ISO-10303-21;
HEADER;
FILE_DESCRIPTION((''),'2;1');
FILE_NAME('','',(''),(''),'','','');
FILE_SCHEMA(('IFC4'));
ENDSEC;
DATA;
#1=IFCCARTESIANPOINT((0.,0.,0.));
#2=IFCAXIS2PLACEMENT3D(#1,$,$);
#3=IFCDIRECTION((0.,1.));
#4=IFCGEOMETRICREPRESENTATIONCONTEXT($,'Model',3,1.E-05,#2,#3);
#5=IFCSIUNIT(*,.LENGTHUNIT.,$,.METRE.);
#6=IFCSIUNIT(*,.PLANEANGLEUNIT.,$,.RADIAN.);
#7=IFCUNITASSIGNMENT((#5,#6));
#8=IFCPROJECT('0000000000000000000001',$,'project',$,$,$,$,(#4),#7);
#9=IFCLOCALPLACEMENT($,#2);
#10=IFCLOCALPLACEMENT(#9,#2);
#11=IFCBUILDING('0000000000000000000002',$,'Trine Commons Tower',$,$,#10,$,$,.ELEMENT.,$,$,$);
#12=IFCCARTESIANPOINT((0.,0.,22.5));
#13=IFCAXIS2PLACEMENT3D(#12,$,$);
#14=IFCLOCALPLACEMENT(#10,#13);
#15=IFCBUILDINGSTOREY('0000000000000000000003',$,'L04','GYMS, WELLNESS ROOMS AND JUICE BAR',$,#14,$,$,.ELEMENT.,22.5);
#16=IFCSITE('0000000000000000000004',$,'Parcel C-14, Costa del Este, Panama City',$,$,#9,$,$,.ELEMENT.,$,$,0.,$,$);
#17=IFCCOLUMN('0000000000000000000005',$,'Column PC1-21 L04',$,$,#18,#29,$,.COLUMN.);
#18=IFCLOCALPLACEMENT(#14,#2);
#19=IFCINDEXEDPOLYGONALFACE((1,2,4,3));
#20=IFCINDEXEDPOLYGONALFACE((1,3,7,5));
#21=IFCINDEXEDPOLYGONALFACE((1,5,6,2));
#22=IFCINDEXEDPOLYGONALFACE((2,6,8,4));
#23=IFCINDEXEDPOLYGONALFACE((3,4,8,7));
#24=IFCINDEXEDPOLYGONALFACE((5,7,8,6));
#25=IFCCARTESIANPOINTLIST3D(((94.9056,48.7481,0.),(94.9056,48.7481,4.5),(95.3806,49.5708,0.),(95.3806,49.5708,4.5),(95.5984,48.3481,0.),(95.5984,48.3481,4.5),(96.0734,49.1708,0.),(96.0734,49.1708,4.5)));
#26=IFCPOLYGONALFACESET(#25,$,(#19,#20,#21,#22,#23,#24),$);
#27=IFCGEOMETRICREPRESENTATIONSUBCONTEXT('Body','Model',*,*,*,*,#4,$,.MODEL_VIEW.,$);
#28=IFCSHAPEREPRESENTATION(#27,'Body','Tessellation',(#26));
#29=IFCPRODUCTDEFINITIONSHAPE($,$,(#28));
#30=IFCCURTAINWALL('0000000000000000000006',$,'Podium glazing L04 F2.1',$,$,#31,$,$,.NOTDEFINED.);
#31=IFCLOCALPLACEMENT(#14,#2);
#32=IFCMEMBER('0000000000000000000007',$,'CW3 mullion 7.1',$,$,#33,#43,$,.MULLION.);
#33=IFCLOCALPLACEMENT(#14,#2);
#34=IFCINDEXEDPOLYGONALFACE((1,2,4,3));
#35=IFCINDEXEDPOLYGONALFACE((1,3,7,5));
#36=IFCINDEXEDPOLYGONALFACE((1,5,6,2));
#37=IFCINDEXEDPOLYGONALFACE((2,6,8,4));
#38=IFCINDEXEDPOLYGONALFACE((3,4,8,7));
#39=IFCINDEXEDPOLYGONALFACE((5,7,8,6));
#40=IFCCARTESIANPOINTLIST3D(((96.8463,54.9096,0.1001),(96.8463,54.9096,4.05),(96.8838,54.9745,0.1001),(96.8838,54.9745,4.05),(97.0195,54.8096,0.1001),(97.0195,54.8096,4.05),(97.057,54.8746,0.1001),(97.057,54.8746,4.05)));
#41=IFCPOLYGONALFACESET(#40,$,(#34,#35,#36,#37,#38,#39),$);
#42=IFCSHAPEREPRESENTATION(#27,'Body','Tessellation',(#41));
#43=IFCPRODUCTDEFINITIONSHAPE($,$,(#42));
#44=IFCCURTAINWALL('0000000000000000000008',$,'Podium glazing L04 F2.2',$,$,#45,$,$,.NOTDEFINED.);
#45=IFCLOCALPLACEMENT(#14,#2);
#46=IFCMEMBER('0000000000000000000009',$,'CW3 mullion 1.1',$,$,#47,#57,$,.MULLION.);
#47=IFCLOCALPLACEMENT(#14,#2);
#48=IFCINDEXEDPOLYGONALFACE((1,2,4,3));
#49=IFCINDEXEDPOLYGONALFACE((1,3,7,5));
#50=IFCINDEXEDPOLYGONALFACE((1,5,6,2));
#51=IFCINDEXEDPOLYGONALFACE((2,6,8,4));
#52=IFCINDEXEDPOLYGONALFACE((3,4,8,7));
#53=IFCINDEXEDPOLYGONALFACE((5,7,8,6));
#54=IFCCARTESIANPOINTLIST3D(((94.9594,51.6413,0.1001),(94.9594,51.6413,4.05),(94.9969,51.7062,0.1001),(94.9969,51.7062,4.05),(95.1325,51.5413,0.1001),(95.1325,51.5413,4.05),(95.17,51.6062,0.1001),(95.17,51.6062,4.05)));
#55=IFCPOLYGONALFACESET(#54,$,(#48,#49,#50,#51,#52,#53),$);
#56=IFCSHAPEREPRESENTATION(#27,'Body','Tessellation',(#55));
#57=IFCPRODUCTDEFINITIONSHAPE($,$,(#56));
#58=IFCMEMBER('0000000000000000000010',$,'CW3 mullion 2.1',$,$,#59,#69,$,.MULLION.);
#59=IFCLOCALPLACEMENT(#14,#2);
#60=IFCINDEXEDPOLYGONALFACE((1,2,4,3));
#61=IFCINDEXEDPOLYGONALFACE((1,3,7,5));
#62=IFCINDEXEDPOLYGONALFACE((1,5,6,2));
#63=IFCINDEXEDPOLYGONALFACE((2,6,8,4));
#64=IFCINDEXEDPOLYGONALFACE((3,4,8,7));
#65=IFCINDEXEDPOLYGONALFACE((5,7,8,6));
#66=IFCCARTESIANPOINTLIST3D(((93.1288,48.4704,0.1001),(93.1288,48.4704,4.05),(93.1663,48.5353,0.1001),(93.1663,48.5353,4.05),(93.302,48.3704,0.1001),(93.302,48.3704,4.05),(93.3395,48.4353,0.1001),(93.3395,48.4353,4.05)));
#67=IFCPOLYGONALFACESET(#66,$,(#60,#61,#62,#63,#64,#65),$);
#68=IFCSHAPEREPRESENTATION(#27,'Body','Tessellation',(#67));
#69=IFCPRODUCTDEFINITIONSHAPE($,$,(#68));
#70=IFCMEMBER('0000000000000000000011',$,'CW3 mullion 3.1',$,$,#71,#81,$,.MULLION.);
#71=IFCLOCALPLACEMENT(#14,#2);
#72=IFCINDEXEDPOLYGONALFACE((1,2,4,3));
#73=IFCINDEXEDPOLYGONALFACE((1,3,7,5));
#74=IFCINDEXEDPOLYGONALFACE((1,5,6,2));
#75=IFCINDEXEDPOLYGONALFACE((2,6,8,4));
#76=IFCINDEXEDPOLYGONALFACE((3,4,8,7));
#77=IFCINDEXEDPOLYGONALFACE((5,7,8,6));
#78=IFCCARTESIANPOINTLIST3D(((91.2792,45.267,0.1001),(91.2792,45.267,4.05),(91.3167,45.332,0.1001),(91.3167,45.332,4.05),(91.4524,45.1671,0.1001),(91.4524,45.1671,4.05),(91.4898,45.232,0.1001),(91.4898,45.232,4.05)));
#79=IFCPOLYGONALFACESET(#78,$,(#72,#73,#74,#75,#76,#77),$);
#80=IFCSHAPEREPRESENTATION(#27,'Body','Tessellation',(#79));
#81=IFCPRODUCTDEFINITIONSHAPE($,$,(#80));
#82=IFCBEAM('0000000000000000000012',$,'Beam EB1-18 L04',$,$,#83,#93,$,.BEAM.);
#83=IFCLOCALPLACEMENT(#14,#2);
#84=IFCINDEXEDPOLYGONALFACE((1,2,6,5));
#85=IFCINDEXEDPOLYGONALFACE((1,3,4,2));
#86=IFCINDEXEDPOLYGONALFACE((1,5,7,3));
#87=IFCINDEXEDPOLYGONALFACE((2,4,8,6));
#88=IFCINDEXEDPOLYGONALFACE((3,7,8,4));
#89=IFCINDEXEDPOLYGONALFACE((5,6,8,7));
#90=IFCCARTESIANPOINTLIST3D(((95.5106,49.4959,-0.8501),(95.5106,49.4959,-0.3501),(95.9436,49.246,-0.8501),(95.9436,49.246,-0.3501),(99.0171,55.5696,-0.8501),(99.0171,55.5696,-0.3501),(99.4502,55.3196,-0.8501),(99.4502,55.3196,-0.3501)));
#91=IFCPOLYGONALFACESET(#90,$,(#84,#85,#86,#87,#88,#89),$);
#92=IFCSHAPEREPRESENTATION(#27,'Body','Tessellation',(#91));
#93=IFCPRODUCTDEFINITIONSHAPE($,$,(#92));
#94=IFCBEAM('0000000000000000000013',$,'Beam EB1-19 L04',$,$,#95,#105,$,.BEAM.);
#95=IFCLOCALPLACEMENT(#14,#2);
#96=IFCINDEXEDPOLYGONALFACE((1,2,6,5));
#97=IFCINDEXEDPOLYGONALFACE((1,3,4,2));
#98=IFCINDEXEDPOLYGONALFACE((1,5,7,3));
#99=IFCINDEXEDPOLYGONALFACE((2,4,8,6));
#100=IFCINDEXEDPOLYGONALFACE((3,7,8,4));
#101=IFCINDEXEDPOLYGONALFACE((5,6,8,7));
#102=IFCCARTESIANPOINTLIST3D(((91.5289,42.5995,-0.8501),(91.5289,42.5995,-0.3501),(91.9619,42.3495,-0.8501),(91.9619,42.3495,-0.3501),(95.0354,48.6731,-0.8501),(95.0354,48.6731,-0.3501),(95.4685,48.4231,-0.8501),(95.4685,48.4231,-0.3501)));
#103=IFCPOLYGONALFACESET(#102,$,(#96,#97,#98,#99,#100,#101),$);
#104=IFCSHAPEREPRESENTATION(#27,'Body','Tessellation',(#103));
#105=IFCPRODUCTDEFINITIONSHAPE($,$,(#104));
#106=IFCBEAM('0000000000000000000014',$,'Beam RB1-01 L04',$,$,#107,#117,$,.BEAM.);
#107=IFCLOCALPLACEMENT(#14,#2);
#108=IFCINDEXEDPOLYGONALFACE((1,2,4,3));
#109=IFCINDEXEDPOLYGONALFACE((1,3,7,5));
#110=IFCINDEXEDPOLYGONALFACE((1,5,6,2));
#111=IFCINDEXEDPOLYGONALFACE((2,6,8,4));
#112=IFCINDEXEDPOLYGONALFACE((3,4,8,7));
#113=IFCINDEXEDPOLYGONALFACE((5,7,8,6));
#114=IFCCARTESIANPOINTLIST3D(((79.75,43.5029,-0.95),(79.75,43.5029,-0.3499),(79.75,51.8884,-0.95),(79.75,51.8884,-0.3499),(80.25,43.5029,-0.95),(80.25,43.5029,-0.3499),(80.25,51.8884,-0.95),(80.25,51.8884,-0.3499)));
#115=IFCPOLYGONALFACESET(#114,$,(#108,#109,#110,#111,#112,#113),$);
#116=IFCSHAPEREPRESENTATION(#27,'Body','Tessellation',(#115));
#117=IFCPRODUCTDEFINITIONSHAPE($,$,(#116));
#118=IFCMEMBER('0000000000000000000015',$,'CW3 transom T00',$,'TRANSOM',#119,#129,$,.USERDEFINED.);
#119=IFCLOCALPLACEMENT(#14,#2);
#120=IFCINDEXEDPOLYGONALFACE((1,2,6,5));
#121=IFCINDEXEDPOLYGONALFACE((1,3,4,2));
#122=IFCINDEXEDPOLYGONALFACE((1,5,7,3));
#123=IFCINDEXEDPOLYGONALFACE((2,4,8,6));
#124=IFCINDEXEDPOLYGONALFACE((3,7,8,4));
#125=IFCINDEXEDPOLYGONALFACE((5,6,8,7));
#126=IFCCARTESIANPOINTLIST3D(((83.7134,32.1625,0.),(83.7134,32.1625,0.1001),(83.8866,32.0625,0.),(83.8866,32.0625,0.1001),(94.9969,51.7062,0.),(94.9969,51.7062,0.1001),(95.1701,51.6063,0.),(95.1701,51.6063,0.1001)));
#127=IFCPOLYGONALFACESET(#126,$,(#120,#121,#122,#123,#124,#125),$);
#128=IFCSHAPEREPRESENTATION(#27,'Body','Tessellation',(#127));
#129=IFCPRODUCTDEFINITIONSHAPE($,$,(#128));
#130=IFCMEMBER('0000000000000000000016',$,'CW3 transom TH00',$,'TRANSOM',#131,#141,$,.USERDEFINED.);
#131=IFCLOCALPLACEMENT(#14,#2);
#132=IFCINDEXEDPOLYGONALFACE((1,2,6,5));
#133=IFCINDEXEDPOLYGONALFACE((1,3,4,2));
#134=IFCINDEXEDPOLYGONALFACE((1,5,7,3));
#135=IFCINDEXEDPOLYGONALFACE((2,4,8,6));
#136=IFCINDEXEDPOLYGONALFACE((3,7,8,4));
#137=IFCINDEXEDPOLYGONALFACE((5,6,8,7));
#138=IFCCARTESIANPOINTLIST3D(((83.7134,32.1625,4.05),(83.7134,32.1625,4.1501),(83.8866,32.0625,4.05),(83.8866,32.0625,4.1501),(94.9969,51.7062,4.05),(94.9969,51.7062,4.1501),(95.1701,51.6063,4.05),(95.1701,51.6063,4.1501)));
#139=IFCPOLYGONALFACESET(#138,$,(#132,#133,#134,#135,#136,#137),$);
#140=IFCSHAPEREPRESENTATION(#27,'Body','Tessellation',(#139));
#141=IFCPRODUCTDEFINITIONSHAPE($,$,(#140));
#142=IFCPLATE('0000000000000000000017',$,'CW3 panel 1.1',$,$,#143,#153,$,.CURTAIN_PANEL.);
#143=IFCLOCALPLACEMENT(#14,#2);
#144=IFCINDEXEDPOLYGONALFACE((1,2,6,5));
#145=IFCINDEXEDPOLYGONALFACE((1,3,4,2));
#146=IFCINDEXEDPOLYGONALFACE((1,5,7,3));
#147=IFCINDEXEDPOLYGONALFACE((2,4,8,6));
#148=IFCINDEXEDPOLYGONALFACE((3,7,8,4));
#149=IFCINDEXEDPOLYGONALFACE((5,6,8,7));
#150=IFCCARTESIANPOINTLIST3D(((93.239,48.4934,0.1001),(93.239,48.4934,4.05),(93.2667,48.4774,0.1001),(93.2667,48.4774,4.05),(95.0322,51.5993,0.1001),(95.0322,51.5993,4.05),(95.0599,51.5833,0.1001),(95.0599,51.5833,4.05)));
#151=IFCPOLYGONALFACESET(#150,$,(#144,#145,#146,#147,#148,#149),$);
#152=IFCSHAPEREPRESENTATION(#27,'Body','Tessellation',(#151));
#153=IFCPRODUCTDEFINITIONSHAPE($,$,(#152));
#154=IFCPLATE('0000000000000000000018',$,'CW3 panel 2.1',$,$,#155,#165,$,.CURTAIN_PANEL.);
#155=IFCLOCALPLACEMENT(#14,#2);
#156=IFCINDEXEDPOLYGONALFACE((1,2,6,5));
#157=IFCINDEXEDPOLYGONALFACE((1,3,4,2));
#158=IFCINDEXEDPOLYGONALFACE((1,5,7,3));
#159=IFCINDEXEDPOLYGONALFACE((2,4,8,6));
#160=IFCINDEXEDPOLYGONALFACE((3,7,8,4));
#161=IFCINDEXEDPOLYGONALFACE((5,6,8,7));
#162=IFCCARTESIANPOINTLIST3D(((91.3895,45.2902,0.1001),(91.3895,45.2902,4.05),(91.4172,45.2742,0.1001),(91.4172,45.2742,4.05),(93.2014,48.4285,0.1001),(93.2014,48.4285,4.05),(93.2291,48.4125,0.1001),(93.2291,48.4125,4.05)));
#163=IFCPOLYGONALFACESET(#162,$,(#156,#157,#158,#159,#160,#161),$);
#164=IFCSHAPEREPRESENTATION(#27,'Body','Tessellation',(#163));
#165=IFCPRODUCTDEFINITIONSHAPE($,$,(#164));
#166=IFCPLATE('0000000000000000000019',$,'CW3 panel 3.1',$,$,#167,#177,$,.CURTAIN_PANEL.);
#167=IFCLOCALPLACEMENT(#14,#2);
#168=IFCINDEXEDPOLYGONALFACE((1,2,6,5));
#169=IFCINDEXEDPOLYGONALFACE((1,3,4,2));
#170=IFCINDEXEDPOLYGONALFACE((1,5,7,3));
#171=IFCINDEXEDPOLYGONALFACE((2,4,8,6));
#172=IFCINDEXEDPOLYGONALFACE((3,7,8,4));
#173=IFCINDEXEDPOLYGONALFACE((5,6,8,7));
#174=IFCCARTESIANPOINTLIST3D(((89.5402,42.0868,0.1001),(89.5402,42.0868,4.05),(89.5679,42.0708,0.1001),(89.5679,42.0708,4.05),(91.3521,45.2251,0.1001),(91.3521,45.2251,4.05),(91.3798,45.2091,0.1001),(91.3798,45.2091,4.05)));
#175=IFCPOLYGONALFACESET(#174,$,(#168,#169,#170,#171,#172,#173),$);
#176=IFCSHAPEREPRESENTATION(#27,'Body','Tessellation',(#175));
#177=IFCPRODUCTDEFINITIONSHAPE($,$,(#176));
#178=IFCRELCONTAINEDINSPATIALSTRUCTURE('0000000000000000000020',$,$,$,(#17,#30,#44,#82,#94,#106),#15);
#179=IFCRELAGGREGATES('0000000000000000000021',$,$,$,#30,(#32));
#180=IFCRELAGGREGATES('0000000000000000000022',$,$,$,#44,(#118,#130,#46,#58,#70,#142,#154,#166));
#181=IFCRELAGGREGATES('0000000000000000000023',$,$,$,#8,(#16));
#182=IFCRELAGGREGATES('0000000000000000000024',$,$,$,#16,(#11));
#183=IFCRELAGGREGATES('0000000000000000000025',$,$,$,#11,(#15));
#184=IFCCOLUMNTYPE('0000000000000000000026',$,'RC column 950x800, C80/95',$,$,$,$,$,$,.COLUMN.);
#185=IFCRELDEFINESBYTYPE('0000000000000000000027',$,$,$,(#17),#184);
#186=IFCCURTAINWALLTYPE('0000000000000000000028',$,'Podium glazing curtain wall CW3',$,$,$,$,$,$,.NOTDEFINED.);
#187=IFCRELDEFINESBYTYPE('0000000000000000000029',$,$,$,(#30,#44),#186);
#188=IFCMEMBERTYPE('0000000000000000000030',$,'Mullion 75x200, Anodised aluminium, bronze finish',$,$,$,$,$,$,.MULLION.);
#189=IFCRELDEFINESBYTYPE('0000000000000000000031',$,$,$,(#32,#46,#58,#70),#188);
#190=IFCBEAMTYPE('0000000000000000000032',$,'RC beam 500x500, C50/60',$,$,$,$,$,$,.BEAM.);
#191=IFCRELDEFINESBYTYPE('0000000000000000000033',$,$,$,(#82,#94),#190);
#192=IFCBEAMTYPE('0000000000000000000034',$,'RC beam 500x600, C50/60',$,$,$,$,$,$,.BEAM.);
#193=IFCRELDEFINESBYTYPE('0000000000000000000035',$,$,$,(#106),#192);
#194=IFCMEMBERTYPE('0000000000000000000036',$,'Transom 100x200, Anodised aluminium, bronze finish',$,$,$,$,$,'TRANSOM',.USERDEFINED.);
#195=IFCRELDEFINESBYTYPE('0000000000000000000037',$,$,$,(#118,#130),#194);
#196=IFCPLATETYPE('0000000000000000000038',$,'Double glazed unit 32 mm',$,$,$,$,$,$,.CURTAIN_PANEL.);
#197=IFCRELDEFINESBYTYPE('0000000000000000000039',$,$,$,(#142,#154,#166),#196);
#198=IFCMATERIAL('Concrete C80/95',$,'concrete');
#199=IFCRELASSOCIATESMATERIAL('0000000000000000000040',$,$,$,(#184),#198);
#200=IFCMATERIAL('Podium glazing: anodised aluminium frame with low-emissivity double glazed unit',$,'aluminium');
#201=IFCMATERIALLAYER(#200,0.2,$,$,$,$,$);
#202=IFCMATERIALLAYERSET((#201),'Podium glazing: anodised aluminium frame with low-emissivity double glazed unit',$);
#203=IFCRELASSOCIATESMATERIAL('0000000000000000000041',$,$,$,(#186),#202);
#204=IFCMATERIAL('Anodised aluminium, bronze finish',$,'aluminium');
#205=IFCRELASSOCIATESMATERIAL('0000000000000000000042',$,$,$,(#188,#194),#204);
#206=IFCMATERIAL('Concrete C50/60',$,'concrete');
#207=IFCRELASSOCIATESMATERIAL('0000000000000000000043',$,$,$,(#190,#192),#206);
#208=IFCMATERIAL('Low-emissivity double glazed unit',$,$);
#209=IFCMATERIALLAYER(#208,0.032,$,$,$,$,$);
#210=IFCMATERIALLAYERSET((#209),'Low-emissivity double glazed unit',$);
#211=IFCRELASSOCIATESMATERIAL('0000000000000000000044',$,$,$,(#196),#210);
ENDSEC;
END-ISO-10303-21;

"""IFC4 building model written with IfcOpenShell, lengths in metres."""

from ifc_helpers import new_model, si_unit, direction, frame, origin, origin_2d, place, context, subcontext, project, spatial, rectangle, extrude, material, layer, layer_set, material_profile, profile_set, type_object, element, aggregate, save


model = new_model("IFC4")

# Units and contexts
model_context = context("Model", 3, precision=1e-05, world=origin(), true_north=direction((0.0, 1.0)))
body_context = subcontext(model_context, "Body", "Model", "MODEL_VIEW")
ifc_project = project(units=[si_unit("LENGTHUNIT", "METRE"), si_unit("PLANEANGLEUNIT", "RADIAN")], contexts=[model_context])

# Site, building, storey
site_placement = place(None, origin())
site = spatial("IfcSite", under=ifc_project, at=site_placement, Name="Parcel C-14, Costa del Este, Panama City", CompositionType="ELEMENT", RefElevation=0.0)
building_placement = place(site_placement, origin())
building = spatial("IfcBuilding", under=site, at=building_placement, Name="Trine Commons Tower", CompositionType="ELEMENT")
storey_placement = place(building_placement, frame((0.0, 0.0, 22.5)))
storey = spatial("IfcBuildingStorey", under=building, at=storey_placement, Name="L04", Description="GYMS, WELLNESS ROOMS AND JUICE BAR", CompositionType="ELEMENT", Elevation=22.5)

# Column
ifc_material_1 = material(Name="Concrete C80/95", Category="concrete")
ifc_material_profile_1 = material_profile(ifc_material_1, rectangle(XDim=0.95, YDim=0.8, at=origin_2d()), Name="RC 950x800")
ifc_profile_set_1 = profile_set([ifc_material_profile_1], Name="Concrete C80/95")
column_type = type_object("IfcColumnType", Name="RC column 950x800, C80/95", PredefinedType="COLUMN", material=ifc_profile_set_1)
column_placement = place(storey_placement, frame((95.4895, 48.9595, 0.0), z_axis=(0.0, 0.0, 1.0), x_axis=(0.5, 0.866025, 0.0)))
element("IfcColumn", 1, at=column_placement, inside=storey, type_object=column_type, Name="Column PC1-21 L04", PredefinedType="COLUMN", context=body_context, shape_type="SweptSolid", body=[
    extrude(rectangle(XDim=0.95, YDim=0.8, at=origin_2d()), origin(), (0.0, 0.0, 1.0), 4.5),
])

# Curtain wall, member
ifc_material_2 = material(Name="Podium glazing: anodised aluminium frame with low-emissivity double glazed unit", Category="aluminium")
ifc_layer_1 = layer(ifc_material_2, 0.2)
ifc_layer_set_1 = layer_set([ifc_layer_1], Name="Podium glazing: anodised aluminium frame with low-emissivity double glazed unit")
curtain_wall_type = type_object("IfcCurtainWallType", Name="Podium glazing curtain wall CW3", PredefinedType="NOTDEFINED", material=ifc_layer_set_1)
curtain_wall_1_placement = place(storey_placement, origin())
curtain_wall_1 = element("IfcCurtainWall", 2, at=curtain_wall_1_placement, inside=storey, type_object=curtain_wall_type, Name="Podium glazing L04 F2.1", PredefinedType="NOTDEFINED")
ifc_material_3 = material(Name="Anodised aluminium, bronze finish", Category="aluminium")
ifc_material_profile_2 = material_profile(ifc_material_3, rectangle(XDim=0.2, YDim=0.075, at=origin_2d()), Name="Mullion 75x200")
ifc_profile_set_2 = profile_set([ifc_material_profile_2], Name="Anodised aluminium, bronze finish")
member_type_1 = type_object("IfcMemberType", Name="Mullion 75x200, Anodised aluminium, bronze finish", PredefinedType="MULLION", material=ifc_profile_set_2)
member_1_placement = place(storey_placement, frame((96.9517, 54.8921, 0.1001), z_axis=(0.0, 0.0, 1.0), x_axis=(0.866025, -0.5, 0.0)))
member_1 = element("IfcMember", 3, at=member_1_placement, type_object=member_type_1, Name="CW3 mullion 7.1", PredefinedType="MULLION", context=body_context, shape_type="SweptSolid", body=[
    extrude(rectangle(XDim=0.2, YDim=0.075, at=origin_2d()), origin(), (0.0, 0.0, 1.0), 3.95),
])
aggregate(curtain_wall_1, [member_1])

# Curtain wall, members
curtain_wall_2_placement = place(storey_placement, origin())
curtain_wall_2 = element("IfcCurtainWall", 4, at=curtain_wall_2_placement, inside=storey, type_object=curtain_wall_type, Name="Podium glazing L04 F2.2", PredefinedType="NOTDEFINED")
member_2_placement = place(storey_placement, frame((95.0647, 51.6238, 0.1001), z_axis=(0.0, 0.0, 1.0), x_axis=(0.866025, -0.5, 0.0)))
member_2 = element("IfcMember", 5, at=member_2_placement, type_object=member_type_1, Name="CW3 mullion 1.1", PredefinedType="MULLION", context=body_context, shape_type="SweptSolid", body=[
    extrude(rectangle(XDim=0.2, YDim=0.075, at=origin_2d()), origin(), (0.0, 0.0, 1.0), 3.95),
])
member_3_placement = place(storey_placement, frame((93.2341, 48.4529, 0.1001), z_axis=(0.0, 0.0, 1.0), x_axis=(0.866025, -0.5, 0.0)))
member_3 = element("IfcMember", 6, at=member_3_placement, type_object=member_type_1, Name="CW3 mullion 2.1", PredefinedType="MULLION", context=body_context, shape_type="SweptSolid", body=[
    extrude(rectangle(XDim=0.2, YDim=0.075, at=origin_2d()), origin(), (0.0, 0.0, 1.0), 3.95),
])
member_4_placement = place(storey_placement, frame((91.3845, 45.2495, 0.1001), z_axis=(0.0, 0.0, 1.0), x_axis=(0.866025, -0.5, 0.0)))
member_4 = element("IfcMember", 7, at=member_4_placement, type_object=member_type_1, Name="CW3 mullion 3.1", PredefinedType="MULLION", context=body_context, shape_type="SweptSolid", body=[
    extrude(rectangle(XDim=0.2, YDim=0.075, at=origin_2d()), origin(), (0.0, 0.0, 1.0), 3.95),
])

# Beams
ifc_material_4 = material(Name="Concrete C50/60", Category="concrete")
ifc_material_profile_3 = material_profile(ifc_material_4, rectangle(XDim=0.5, YDim=0.5, at=origin_2d()), Name="RC 500x500")
ifc_profile_set_3 = profile_set([ifc_material_profile_3], Name="Concrete C50/60")
beam_type_1 = type_object("IfcBeamType", Name="RC beam 500x500, C50/60", PredefinedType="BEAM", material=ifc_profile_set_3)
for number, where, z_axis, x_axis, name in (
    (8, (99.2336, 55.4446, -0.6001), (-0.499992, -0.86603, 0.0), (0.86603, -0.499992, 0.0), "Beam EB1-18 L04"),
    (9, (95.252, 48.5481, -0.6001), (-0.499992, -0.86603, 0.0), (0.86603, -0.499992, 0.0), "Beam EB1-19 L04"),
):
    element("IfcBeam", number, at=place(storey_placement, frame(where, z_axis=z_axis, x_axis=x_axis)), inside=storey, type_object=beam_type_1, Name=name, PredefinedType="BEAM", context=body_context, shape_type="SweptSolid", body=[
        extrude(rectangle(XDim=0.5, YDim=0.5, at=origin_2d()), origin(), (0.0, 0.0, 1.0), 7.0132),
    ])
ifc_material_profile_4 = material_profile(ifc_material_4, rectangle(XDim=0.5, YDim=0.6001, at=origin_2d()), Name="RC 500x600")
ifc_profile_set_4 = profile_set([ifc_material_profile_4], Name="Concrete C50/60")
beam_type_2 = type_object("IfcBeamType", Name="RC beam 500x600, C50/60", PredefinedType="BEAM", material=ifc_profile_set_4)
beam_placement = place(storey_placement, frame((80.0, 51.8884, -0.6499), z_axis=(0.0, -1.0, 0.0), x_axis=(1.0, 0.0, 0.0)))
element("IfcBeam", 10, at=beam_placement, inside=storey, type_object=beam_type_2, Name="Beam RB1-01 L04", PredefinedType="BEAM", context=body_context, shape_type="SweptSolid", body=[
    extrude(rectangle(XDim=0.5, YDim=0.6001, at=origin_2d()), origin(), (0.0, 0.0, 1.0), 8.3855),
])

# Members
ifc_material_profile_5 = material_profile(ifc_material_3, rectangle(XDim=0.2, YDim=0.1001, at=origin_2d()), Name="Transom 100x200")
ifc_profile_set_5 = profile_set([ifc_material_profile_5], Name="Anodised aluminium, bronze finish")
member_type_2 = type_object("IfcMemberType", Name="Transom 100x200, Anodised aluminium, bronze finish", ElementType="TRANSOM", PredefinedType="USERDEFINED", material=ifc_profile_set_5)
member_5_placement = place(storey_placement, frame((95.0835, 51.6562, 0.05), z_axis=(-0.499996, -0.866028, 0.0), x_axis=(0.866028, -0.499996, 0.0)))
member_5 = element("IfcMember", 11, at=member_5_placement, type_object=member_type_2, Name="CW3 transom T00", ObjectType="TRANSOM", PredefinedType="USERDEFINED", context=body_context, shape_type="SweptSolid", body=[
    extrude(rectangle(XDim=0.2, YDim=0.1001, at=origin_2d()), origin(), (0.0, 0.0, 1.0), 22.5671),
])
member_6_placement = place(storey_placement, frame((95.0835, 51.6562, 4.1001), z_axis=(-0.499996, -0.866028, 0.0), x_axis=(0.866028, -0.499996, 0.0)))
member_6 = element("IfcMember", 12, at=member_6_placement, type_object=member_type_2, Name="CW3 transom TH00", ObjectType="TRANSOM", PredefinedType="USERDEFINED", context=body_context, shape_type="SweptSolid", body=[
    extrude(rectangle(XDim=0.2, YDim=0.1001, at=origin_2d()), origin(), (0.0, 0.0, 1.0), 22.5671),
])

# Plates
ifc_material_5 = material(Name="Low-emissivity double glazed unit")
ifc_layer_2 = layer(ifc_material_5, 0.032)
ifc_layer_set_2 = layer_set([ifc_layer_2], Name="Low-emissivity double glazed unit")
plate_type = type_object("IfcPlateType", Name="Double glazed unit 32 mm", PredefinedType="CURTAIN_PANEL", material=ifc_layer_set_2)
plate_1_placement = place(storey_placement, frame((94.1494, 50.0383, 0.1001), z_axis=(0.0, 0.0, 1.0), x_axis=(-0.5, -0.866025, 0.0)))
plate_1 = element("IfcPlate", 13, at=plate_1_placement, type_object=plate_type, Name="CW3 panel 1.1", PredefinedType="CURTAIN_PANEL", context=body_context, shape_type="SweptSolid", body=[
    extrude(rectangle(XDim=3.5864, YDim=0.032, at=origin_2d()), origin(), (0.0, 0.0, 1.0), 3.95),
])
plate_2_placement = place(storey_placement, frame((92.3093, 46.8513, 0.1001), z_axis=(0.0, 0.0, 1.0), x_axis=(-0.5, -0.866025, 0.0)))
plate_2 = element("IfcPlate", 14, at=plate_2_placement, type_object=plate_type, Name="CW3 panel 2.1", PredefinedType="CURTAIN_PANEL", context=body_context, shape_type="SweptSolid", body=[
    extrude(rectangle(XDim=3.6238, YDim=0.032, at=origin_2d()), origin(), (0.0, 0.0, 1.0), 3.95),
])
plate_3_placement = place(storey_placement, frame((90.46, 43.6479, 0.1001), z_axis=(0.0, 0.0, 1.0), x_axis=(-0.5, -0.866025, 0.0)))
plate_3 = element("IfcPlate", 15, at=plate_3_placement, type_object=plate_type, Name="CW3 panel 3.1", PredefinedType="CURTAIN_PANEL", context=body_context, shape_type="SweptSolid", body=[
    extrude(rectangle(XDim=3.6238, YDim=0.032, at=origin_2d()), origin(), (0.0, 0.0, 1.0), 3.95),
])
aggregate(curtain_wall_2, [member_5, member_6, member_2, member_3, member_4, plate_1, plate_2, plate_3])

save(model, "model.ifc")
